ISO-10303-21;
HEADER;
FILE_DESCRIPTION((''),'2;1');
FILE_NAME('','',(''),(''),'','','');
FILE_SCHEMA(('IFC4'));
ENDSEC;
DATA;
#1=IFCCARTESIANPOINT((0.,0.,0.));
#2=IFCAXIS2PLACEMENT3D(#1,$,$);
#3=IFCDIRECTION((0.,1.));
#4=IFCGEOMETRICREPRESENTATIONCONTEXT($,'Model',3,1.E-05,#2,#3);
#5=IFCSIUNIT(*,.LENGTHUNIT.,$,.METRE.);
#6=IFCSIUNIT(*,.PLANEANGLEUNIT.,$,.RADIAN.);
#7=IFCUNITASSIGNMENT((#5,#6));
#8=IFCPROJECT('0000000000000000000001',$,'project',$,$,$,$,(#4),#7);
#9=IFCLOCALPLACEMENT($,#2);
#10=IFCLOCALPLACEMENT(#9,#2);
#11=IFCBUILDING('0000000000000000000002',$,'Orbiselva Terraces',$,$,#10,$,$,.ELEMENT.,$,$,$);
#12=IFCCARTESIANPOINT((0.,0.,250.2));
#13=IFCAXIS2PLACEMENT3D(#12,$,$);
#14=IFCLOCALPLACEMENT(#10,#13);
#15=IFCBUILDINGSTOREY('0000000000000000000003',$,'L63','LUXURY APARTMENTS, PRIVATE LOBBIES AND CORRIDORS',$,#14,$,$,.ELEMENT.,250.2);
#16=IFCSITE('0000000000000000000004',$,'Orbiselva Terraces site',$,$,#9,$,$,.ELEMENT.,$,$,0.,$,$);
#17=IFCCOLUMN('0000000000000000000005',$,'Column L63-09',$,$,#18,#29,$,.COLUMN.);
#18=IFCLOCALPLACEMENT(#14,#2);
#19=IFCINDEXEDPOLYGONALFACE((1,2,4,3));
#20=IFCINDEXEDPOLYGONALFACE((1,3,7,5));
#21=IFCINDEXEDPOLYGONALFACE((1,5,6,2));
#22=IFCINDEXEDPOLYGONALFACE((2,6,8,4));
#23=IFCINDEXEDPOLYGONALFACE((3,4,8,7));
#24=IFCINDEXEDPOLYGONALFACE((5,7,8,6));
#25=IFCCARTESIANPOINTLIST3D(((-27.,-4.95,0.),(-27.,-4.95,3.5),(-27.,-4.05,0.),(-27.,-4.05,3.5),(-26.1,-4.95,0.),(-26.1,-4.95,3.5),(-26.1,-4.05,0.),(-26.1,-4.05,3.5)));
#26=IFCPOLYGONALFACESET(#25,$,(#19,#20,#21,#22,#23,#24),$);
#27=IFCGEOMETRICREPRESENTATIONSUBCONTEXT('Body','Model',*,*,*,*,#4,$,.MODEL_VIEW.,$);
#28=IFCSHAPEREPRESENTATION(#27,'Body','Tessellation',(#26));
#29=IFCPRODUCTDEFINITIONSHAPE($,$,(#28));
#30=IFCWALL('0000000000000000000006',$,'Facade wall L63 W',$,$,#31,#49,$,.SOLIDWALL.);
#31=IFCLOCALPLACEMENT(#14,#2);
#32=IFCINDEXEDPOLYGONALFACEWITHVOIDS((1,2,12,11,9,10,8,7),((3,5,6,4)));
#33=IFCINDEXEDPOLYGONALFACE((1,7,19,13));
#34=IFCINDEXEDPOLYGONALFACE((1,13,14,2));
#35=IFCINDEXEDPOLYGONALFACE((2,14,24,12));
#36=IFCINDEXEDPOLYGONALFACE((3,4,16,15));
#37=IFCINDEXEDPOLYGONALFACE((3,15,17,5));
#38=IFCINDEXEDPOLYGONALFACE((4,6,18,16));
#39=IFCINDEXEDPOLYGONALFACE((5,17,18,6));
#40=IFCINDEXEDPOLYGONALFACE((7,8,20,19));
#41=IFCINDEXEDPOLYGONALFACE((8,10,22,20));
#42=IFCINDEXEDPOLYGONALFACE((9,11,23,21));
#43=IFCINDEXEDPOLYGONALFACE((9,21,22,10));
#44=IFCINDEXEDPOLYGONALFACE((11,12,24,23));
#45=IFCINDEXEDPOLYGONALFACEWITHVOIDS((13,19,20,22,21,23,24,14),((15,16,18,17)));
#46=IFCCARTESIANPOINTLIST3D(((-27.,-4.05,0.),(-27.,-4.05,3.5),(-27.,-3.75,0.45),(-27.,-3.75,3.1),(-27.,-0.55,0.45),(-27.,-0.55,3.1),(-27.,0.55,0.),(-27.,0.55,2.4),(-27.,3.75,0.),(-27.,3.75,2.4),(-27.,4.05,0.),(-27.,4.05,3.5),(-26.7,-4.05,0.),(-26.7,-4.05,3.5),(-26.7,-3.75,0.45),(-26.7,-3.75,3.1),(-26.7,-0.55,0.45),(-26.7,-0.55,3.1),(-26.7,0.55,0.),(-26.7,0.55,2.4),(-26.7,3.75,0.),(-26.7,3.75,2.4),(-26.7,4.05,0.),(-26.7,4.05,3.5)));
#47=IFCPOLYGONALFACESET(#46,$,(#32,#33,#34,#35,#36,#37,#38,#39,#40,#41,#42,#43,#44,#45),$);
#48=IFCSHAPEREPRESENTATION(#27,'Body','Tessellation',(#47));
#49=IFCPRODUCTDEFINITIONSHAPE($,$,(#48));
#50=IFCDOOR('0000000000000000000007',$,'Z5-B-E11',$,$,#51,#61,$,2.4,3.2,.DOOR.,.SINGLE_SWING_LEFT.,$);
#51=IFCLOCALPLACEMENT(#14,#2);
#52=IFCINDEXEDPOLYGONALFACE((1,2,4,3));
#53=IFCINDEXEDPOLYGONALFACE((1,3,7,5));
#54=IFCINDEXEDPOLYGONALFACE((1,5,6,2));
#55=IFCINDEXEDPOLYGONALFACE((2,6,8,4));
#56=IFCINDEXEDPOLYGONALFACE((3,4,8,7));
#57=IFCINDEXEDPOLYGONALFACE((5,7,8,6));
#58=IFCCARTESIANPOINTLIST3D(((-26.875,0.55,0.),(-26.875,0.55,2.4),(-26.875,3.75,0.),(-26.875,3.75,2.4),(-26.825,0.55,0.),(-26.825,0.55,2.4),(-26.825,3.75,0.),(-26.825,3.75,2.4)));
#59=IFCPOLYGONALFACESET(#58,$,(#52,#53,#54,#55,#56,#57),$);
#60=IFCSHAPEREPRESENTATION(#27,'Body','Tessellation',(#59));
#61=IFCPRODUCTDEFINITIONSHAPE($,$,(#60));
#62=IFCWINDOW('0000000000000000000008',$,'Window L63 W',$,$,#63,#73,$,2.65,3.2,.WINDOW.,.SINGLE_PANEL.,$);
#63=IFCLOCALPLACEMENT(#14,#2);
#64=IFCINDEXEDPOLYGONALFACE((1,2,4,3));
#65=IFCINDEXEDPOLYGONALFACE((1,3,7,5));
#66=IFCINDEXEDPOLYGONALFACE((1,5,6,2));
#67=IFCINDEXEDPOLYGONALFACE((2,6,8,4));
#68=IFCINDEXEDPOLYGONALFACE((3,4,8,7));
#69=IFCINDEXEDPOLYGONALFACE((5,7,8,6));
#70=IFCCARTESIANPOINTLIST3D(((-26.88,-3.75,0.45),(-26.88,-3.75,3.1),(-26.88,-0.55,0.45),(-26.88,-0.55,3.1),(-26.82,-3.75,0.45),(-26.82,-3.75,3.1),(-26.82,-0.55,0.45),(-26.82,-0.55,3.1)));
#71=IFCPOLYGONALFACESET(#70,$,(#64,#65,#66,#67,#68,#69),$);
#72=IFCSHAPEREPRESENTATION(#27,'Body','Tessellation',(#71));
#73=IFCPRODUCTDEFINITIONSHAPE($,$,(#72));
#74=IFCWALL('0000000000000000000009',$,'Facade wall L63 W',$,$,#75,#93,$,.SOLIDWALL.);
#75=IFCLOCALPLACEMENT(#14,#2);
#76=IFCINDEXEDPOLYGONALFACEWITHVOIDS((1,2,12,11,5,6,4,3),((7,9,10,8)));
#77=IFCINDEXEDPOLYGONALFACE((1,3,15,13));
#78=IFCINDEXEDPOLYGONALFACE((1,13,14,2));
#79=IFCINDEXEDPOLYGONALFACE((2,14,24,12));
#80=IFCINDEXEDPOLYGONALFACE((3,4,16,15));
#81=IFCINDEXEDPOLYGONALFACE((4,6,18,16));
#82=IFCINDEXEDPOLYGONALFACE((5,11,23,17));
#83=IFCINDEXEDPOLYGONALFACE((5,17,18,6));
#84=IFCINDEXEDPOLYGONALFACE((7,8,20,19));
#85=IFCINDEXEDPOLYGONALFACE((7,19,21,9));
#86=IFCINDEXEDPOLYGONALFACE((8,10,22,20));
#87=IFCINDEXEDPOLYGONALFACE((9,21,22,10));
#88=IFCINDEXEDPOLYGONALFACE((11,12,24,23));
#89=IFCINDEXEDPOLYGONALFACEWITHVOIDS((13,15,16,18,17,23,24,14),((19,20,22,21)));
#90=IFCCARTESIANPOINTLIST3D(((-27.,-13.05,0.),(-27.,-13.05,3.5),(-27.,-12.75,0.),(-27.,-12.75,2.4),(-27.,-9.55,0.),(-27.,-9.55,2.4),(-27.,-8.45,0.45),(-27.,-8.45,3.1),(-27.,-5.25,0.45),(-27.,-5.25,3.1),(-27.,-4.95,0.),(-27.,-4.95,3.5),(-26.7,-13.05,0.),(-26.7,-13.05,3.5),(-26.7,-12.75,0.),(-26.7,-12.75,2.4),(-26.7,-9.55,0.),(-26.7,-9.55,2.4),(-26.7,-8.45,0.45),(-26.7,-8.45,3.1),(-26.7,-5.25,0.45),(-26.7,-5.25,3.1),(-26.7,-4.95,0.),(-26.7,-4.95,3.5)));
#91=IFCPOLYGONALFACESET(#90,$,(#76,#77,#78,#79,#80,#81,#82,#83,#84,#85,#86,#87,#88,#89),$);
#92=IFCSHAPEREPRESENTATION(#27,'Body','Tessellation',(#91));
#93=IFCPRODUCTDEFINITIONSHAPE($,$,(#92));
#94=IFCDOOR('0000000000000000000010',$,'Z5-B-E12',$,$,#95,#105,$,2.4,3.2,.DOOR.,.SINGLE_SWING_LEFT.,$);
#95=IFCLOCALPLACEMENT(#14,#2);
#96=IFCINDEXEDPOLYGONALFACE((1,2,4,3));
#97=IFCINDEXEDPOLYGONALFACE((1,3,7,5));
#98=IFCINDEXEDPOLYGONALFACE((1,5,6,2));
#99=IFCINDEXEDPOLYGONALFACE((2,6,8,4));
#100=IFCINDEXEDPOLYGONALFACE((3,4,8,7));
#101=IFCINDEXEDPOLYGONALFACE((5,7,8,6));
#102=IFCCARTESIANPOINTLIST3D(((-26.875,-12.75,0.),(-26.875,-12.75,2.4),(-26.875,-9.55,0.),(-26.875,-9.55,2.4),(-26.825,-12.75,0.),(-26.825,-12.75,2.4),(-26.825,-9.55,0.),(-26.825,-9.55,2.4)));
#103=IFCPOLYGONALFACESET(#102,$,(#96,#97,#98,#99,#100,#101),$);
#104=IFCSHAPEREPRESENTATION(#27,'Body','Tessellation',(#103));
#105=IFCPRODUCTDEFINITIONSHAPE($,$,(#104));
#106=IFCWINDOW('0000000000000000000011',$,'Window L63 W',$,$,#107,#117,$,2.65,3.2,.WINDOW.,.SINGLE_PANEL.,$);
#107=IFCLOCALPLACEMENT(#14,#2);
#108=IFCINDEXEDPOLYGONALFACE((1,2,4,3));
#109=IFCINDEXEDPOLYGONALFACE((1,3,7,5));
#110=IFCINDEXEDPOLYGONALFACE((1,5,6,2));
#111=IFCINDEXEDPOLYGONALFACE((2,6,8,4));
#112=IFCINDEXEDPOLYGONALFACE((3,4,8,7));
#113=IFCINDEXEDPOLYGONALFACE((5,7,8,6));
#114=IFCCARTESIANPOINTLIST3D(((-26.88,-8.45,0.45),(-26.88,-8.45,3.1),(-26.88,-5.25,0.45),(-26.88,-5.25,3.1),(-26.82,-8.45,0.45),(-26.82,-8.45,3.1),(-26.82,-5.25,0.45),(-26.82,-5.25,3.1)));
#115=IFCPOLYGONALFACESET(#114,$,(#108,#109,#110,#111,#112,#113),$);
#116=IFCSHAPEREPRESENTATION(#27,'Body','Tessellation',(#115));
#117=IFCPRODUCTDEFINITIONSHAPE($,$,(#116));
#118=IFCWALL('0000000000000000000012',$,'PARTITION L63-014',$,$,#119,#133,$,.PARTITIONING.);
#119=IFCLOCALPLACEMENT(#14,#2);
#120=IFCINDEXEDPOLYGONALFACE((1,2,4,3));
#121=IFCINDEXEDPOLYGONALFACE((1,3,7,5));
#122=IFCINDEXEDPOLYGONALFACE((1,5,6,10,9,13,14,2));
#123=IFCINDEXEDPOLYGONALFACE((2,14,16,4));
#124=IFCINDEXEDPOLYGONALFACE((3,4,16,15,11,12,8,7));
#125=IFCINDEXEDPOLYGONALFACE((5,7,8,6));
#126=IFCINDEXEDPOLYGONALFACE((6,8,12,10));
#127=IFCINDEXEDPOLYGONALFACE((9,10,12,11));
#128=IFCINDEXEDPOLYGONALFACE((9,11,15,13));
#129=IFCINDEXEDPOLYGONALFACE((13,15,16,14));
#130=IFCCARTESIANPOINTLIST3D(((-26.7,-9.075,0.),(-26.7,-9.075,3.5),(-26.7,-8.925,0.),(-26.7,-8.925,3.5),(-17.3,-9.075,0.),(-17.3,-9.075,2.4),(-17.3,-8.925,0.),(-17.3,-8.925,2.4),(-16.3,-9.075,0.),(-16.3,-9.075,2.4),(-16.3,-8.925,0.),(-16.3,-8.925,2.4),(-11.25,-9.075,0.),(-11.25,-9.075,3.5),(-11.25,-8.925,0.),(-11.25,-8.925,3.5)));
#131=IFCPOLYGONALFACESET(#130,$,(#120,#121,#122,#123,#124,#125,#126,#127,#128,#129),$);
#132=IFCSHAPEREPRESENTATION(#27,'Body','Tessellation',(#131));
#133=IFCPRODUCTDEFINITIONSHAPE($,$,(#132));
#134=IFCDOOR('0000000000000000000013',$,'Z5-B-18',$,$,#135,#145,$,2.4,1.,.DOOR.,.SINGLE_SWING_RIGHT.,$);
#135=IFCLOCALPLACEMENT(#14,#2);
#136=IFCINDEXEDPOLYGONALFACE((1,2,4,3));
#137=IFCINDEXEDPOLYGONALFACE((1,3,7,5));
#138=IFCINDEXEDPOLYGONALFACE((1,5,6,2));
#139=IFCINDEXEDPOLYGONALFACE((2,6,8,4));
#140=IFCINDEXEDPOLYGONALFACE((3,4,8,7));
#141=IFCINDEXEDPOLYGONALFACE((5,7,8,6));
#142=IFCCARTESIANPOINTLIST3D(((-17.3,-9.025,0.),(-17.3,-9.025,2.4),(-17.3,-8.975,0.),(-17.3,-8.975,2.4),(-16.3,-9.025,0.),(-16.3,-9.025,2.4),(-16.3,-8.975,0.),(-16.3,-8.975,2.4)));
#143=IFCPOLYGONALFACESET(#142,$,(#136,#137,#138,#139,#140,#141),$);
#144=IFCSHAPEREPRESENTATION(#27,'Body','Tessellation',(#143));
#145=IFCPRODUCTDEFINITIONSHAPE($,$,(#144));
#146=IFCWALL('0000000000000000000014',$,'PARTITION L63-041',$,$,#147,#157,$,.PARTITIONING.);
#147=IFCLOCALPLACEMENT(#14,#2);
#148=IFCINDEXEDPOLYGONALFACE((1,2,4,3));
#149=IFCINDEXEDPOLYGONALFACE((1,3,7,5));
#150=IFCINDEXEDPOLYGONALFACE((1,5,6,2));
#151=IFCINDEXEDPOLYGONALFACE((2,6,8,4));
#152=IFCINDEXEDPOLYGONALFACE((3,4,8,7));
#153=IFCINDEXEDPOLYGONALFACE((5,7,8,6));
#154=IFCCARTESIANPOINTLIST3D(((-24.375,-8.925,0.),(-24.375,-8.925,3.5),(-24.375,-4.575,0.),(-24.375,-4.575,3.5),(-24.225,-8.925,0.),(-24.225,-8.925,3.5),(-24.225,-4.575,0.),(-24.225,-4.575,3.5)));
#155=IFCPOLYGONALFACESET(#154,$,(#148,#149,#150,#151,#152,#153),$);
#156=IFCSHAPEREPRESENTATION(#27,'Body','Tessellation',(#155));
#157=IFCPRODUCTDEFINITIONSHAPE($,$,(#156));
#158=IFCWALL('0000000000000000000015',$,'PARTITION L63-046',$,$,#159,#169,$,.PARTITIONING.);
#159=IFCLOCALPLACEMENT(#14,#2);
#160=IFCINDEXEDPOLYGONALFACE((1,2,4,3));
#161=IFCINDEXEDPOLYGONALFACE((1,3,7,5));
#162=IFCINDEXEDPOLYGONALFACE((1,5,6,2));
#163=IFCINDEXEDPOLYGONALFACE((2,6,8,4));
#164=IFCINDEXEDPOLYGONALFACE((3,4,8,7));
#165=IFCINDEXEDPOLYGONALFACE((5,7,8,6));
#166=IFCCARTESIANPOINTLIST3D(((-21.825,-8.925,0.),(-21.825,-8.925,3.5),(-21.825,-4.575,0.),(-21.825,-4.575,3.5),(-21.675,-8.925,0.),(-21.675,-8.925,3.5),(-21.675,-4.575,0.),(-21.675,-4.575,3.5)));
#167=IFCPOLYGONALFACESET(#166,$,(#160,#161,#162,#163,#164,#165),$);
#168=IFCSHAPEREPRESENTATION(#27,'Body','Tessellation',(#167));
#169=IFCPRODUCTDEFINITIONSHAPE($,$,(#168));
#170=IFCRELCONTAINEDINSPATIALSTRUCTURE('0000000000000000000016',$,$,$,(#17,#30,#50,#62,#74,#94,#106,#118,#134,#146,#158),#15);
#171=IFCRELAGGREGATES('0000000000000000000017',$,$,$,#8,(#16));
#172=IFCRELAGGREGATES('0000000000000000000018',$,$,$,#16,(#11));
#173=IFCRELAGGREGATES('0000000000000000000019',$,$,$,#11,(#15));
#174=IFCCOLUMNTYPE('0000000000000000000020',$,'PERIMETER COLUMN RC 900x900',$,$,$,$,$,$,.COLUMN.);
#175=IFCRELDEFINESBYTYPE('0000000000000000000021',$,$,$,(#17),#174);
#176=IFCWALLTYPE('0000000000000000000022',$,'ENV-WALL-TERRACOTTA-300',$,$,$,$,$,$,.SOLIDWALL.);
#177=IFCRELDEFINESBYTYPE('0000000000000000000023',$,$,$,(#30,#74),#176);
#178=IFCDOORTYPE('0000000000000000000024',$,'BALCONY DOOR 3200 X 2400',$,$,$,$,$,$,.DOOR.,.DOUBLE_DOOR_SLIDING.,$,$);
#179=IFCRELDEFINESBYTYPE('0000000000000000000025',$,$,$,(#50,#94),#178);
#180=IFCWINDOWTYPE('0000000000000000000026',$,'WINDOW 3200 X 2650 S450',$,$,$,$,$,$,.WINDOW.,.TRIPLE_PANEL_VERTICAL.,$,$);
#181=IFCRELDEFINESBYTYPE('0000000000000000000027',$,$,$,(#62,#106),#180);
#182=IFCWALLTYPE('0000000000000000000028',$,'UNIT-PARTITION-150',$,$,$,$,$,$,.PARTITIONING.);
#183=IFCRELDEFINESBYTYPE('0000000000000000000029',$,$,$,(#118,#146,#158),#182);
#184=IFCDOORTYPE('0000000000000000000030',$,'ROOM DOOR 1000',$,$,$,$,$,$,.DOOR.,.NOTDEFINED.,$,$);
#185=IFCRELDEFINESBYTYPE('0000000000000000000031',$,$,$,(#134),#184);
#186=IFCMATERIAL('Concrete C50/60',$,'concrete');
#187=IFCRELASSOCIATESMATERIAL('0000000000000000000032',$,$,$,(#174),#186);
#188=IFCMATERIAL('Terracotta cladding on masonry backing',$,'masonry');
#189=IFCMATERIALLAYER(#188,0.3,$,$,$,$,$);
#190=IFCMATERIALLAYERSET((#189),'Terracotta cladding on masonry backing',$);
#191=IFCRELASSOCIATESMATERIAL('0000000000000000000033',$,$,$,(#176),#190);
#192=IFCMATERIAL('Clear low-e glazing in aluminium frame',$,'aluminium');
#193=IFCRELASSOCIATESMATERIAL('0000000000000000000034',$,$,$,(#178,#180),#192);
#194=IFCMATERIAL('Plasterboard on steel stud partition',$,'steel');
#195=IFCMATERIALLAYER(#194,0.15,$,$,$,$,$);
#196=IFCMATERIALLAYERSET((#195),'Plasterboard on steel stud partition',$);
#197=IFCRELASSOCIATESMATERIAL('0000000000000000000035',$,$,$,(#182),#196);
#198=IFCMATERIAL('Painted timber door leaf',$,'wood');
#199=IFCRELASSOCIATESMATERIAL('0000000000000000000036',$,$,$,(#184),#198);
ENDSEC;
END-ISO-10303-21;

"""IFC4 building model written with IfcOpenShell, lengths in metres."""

from ifc_helpers import new_model, si_unit, direction, frame, frame_2d, origin, origin_2d, place, context, subcontext, project, spatial, rectangle, extrude, material, layer, layer_set, material_profile, profile_set, type_object, element, fill, save


model = new_model("IFC4")

# Units and contexts
model_context = context("Model", 3, precision=1e-05, world=origin(), true_north=direction((0.0, 1.0)))
body_context = subcontext(model_context, "Body", "Model", "MODEL_VIEW")
ifc_project = project(units=[si_unit("LENGTHUNIT", "METRE"), si_unit("PLANEANGLEUNIT", "RADIAN")], contexts=[model_context])

# Site, building, storey
site_placement = place(None, origin())
site = spatial("IfcSite", under=ifc_project, at=site_placement, Name="Orbiselva Terraces site", CompositionType="ELEMENT", RefElevation=0.0)
building_placement = place(site_placement, origin())
building = spatial("IfcBuilding", under=site, at=building_placement, Name="Orbiselva Terraces", CompositionType="ELEMENT")
storey_placement = place(building_placement, frame((0.0, 0.0, 250.2)))
storey = spatial("IfcBuildingStorey", under=building, at=storey_placement, Name="L63", Description="LUXURY APARTMENTS, PRIVATE LOBBIES AND CORRIDORS", CompositionType="ELEMENT", Elevation=250.2)

# Column
ifc_material_1 = material(Name="Concrete C50/60", Category="concrete")
ifc_material_profile = material_profile(ifc_material_1, rectangle(XDim=0.9, YDim=0.9, at=origin_2d()), Name="RC 900x900")
ifc_profile_set = profile_set([ifc_material_profile], Name="Concrete C50/60")
column_type = type_object("IfcColumnType", Name="PERIMETER COLUMN RC 900x900", PredefinedType="COLUMN", material=ifc_profile_set)
column_placement = place(storey_placement, frame((-26.55, -4.5, 0.0), z_axis=(0.0, 0.0, 1.0), x_axis=(1.0, 0.0, 0.0)))
element("IfcColumn", 1, at=column_placement, inside=storey, type_object=column_type, Name="Column L63-09", PredefinedType="COLUMN", context=body_context, shape_type="SweptSolid", body=[
    extrude(rectangle(XDim=0.9, YDim=0.9, at=origin_2d()), origin(), (0.0, 0.0, 1.0), 3.5),
])

# Walls, openings, doors, windows
ifc_material_2 = material(Name="Terracotta cladding on masonry backing", Category="masonry")
ifc_layer_1 = layer(ifc_material_2, 0.3)
ifc_layer_set_1 = layer_set([ifc_layer_1], Name="Terracotta cladding on masonry backing")
wall_type_1 = type_object("IfcWallType", Name="ENV-WALL-TERRACOTTA-300", PredefinedType="SOLIDWALL", material=ifc_layer_set_1)
wall_1_placement = place(storey_placement, frame((-26.85, -4.05, 0.0), z_axis=(0.0, 0.0, 1.0), x_axis=(0.0, 1.0, 0.0)))
wall_1 = element("IfcWall", 2, at=wall_1_placement, inside=storey, type_object=wall_type_1, Name="Facade wall L63 W", PredefinedType="SOLIDWALL", context=body_context, shape_type="SweptSolid", body=[
    extrude(rectangle(XDim=8.1, YDim=0.3, at=frame_2d((4.05, 0.0))), origin(), (0.0, 0.0, 1.0), 3.5),
])
opening_1_placement = place(wall_1_placement, frame((4.6, 0.0, 0.0)))
opening_1 = element("IfcOpeningElement", 3, at=opening_1_placement, cuts=wall_1, PredefinedType="OPENING", context=body_context, shape_type="SweptSolid", body=[
    extrude(rectangle(XDim=3.2, YDim=2.4, at=frame_2d((1.6, 1.2))), frame((0.0, 0.16, 0.0), z_axis=(0.0, -1.0, 0.0), x_axis=(1.0, 0.0, 0.0)), (0.0, 0.0, 1.0), 0.32),
])
opening_2_placement = place(wall_1_placement, frame((0.3, 0.0, 0.45)))
opening_2 = element("IfcOpeningElement", 4, at=opening_2_placement, cuts=wall_1, PredefinedType="OPENING", context=body_context, shape_type="SweptSolid", body=[
    extrude(rectangle(XDim=3.2, YDim=2.65, at=frame_2d((1.6, 1.325))), frame((0.0, 0.16, 0.0), z_axis=(0.0, -1.0, 0.0), x_axis=(1.0, 0.0, 0.0)), (0.0, 0.0, 1.0), 0.32),
])
ifc_material_3 = material(Name="Clear low-e glazing in aluminium frame", Category="aluminium")
door_type_1 = type_object("IfcDoorType", Name="BALCONY DOOR 3200 X 2400", OperationType="DOUBLE_DOOR_SLIDING", PredefinedType="DOOR", material=ifc_material_3)
door_1_placement = place(opening_1_placement, origin())
door_1 = element("IfcDoor", 5, at=door_1_placement, inside=storey, type_object=door_type_1, Name="Z5-B-E11", OperationType="SINGLE_SWING_LEFT", OverallHeight=2.4, OverallWidth=3.2, PredefinedType="DOOR", context=body_context, shape_type="SweptSolid", body=[
    extrude(rectangle(XDim=3.2, YDim=2.4, at=frame_2d((1.6, 1.2))), frame((0.0, 0.025, 0.0), z_axis=(0.0, -1.0, 0.0), x_axis=(1.0, 0.0, 0.0)), (0.0, 0.0, 1.0), 0.05),
])
fill(opening_1, door_1)
window_type = type_object("IfcWindowType", Name="WINDOW 3200 X 2650 S450", PartitioningType="TRIPLE_PANEL_VERTICAL", PredefinedType="WINDOW", material=ifc_material_3)
window_1_placement = place(opening_2_placement, origin())
window_1 = element("IfcWindow", 6, at=window_1_placement, inside=storey, type_object=window_type, Name="Window L63 W", OverallHeight=2.65, OverallWidth=3.2, PartitioningType="SINGLE_PANEL", PredefinedType="WINDOW", context=body_context, shape_type="SweptSolid", body=[
    extrude(rectangle(XDim=3.2, YDim=2.65, at=frame_2d((1.6, 1.325))), frame((0.0, 0.03, 0.0), z_axis=(0.0, -1.0, 0.0), x_axis=(1.0, 0.0, 0.0)), (0.0, 0.0, 1.0), 0.06),
])
fill(opening_2, window_1)
wall_2_placement = place(storey_placement, frame((-26.85, -13.05, 0.0), z_axis=(0.0, 0.0, 1.0), x_axis=(0.0, 1.0, 0.0)))
wall_2 = element("IfcWall", 7, at=wall_2_placement, inside=storey, type_object=wall_type_1, Name="Facade wall L63 W", PredefinedType="SOLIDWALL", context=body_context, shape_type="SweptSolid", body=[
    extrude(rectangle(XDim=8.1, YDim=0.3, at=frame_2d((4.05, 0.0))), origin(), (0.0, 0.0, 1.0), 3.5),
])
opening_3_placement = place(wall_2_placement, frame((4.6, 0.0, 0.45)))
opening_3 = element("IfcOpeningElement", 8, at=opening_3_placement, cuts=wall_2, PredefinedType="OPENING", context=body_context, shape_type="SweptSolid", body=[
    extrude(rectangle(XDim=3.2, YDim=2.65, at=frame_2d((1.6, 1.325))), frame((0.0, 0.16, 0.0), z_axis=(0.0, -1.0, 0.0), x_axis=(1.0, 0.0, 0.0)), (0.0, 0.0, 1.0), 0.32),
])
opening_4_placement = place(wall_2_placement, frame((0.3, 0.0, 0.0)))
opening_4 = element("IfcOpeningElement", 9, at=opening_4_placement, cuts=wall_2, PredefinedType="OPENING", context=body_context, shape_type="SweptSolid", body=[
    extrude(rectangle(XDim=3.2, YDim=2.4, at=frame_2d((1.6, 1.2))), frame((0.0, 0.16, 0.0), z_axis=(0.0, -1.0, 0.0), x_axis=(1.0, 0.0, 0.0)), (0.0, 0.0, 1.0), 0.32),
])
door_2_placement = place(opening_4_placement, origin())
door_2 = element("IfcDoor", 10, at=door_2_placement, inside=storey, type_object=door_type_1, Name="Z5-B-E12", OperationType="SINGLE_SWING_LEFT", OverallHeight=2.4, OverallWidth=3.2, PredefinedType="DOOR", context=body_context, shape_type="SweptSolid", body=[
    extrude(rectangle(XDim=3.2, YDim=2.4, at=frame_2d((1.6, 1.2))), frame((0.0, 0.025, 0.0), z_axis=(0.0, -1.0, 0.0), x_axis=(1.0, 0.0, 0.0)), (0.0, 0.0, 1.0), 0.05),
])
fill(opening_4, door_2)
window_2_placement = place(opening_3_placement, origin())
window_2 = element("IfcWindow", 11, at=window_2_placement, inside=storey, type_object=window_type, Name="Window L63 W", OverallHeight=2.65, OverallWidth=3.2, PartitioningType="SINGLE_PANEL", PredefinedType="WINDOW", context=body_context, shape_type="SweptSolid", body=[
    extrude(rectangle(XDim=3.2, YDim=2.65, at=frame_2d((1.6, 1.325))), frame((0.0, 0.03, 0.0), z_axis=(0.0, -1.0, 0.0), x_axis=(1.0, 0.0, 0.0)), (0.0, 0.0, 1.0), 0.06),
])
fill(opening_3, window_2)

# Wall, opening, door
ifc_material_4 = material(Name="Plasterboard on steel stud partition", Category="steel")
ifc_layer_2 = layer(ifc_material_4, 0.15)
ifc_layer_set_2 = layer_set([ifc_layer_2], Name="Plasterboard on steel stud partition")
wall_type_2 = type_object("IfcWallType", Name="UNIT-PARTITION-150", PredefinedType="PARTITIONING", material=ifc_layer_set_2)
wall_3_placement = place(storey_placement, frame((-26.7, -9.0, 0.0), z_axis=(0.0, 0.0, 1.0), x_axis=(1.0, 0.0, 0.0)))
wall_3 = element("IfcWall", 12, at=wall_3_placement, inside=storey, type_object=wall_type_2, Name="PARTITION L63-014", PredefinedType="PARTITIONING", context=body_context, shape_type="SweptSolid", body=[
    extrude(rectangle(XDim=15.45, YDim=0.15, at=frame_2d((7.725, 0.0))), origin(), (0.0, 0.0, 1.0), 3.5),
])
opening_5_placement = place(wall_3_placement, frame((9.4, 0.0, 0.0)))
opening_5 = element("IfcOpeningElement", 13, at=opening_5_placement, cuts=wall_3, PredefinedType="OPENING", context=body_context, shape_type="SweptSolid", body=[
    extrude(rectangle(XDim=1.0, YDim=2.4, at=frame_2d((0.5, 1.2))), frame((0.0, 0.085, 0.0), z_axis=(0.0, -1.0, 0.0), x_axis=(1.0, 0.0, 0.0)), (0.0, 0.0, 1.0), 0.17),
])
ifc_material_5 = material(Name="Painted timber door leaf", Category="wood")
door_type_2 = type_object("IfcDoorType", Name="ROOM DOOR 1000", OperationType="NOTDEFINED", PredefinedType="DOOR", material=ifc_material_5)
door_3_placement = place(opening_5_placement, origin())
door_3 = element("IfcDoor", 14, at=door_3_placement, inside=storey, type_object=door_type_2, Name="Z5-B-18", OperationType="SINGLE_SWING_RIGHT", OverallHeight=2.4, OverallWidth=1.0, PredefinedType="DOOR", context=body_context, shape_type="SweptSolid", body=[
    extrude(rectangle(XDim=1.0, YDim=2.4, at=frame_2d((0.5, 1.2))), frame((0.0, 0.025, 0.0), z_axis=(0.0, -1.0, 0.0), x_axis=(1.0, 0.0, 0.0)), (0.0, 0.0, 1.0), 0.05),
])
fill(opening_5, door_3)

# Walls
for number, where, z_axis, x_axis, name in (
    (15, (-24.3, -8.925, 0.0), (0.0, 0.0, 1.0), (0.0, 1.0, 0.0), "PARTITION L63-041"),
    (16, (-21.75, -8.925, 0.0), (0.0, 0.0, 1.0), (0.0, 1.0, 0.0), "PARTITION L63-046"),
):
    element("IfcWall", number, at=place(storey_placement, frame(where, z_axis=z_axis, x_axis=x_axis)), inside=storey, type_object=wall_type_2, Name=name, PredefinedType="PARTITIONING", context=body_context, shape_type="SweptSolid", body=[
        extrude(rectangle(XDim=4.35, YDim=0.15, at=frame_2d((2.175, 0.0))), origin(), (0.0, 0.0, 1.0), 3.5),
    ])

save(model, "model.ifc")
